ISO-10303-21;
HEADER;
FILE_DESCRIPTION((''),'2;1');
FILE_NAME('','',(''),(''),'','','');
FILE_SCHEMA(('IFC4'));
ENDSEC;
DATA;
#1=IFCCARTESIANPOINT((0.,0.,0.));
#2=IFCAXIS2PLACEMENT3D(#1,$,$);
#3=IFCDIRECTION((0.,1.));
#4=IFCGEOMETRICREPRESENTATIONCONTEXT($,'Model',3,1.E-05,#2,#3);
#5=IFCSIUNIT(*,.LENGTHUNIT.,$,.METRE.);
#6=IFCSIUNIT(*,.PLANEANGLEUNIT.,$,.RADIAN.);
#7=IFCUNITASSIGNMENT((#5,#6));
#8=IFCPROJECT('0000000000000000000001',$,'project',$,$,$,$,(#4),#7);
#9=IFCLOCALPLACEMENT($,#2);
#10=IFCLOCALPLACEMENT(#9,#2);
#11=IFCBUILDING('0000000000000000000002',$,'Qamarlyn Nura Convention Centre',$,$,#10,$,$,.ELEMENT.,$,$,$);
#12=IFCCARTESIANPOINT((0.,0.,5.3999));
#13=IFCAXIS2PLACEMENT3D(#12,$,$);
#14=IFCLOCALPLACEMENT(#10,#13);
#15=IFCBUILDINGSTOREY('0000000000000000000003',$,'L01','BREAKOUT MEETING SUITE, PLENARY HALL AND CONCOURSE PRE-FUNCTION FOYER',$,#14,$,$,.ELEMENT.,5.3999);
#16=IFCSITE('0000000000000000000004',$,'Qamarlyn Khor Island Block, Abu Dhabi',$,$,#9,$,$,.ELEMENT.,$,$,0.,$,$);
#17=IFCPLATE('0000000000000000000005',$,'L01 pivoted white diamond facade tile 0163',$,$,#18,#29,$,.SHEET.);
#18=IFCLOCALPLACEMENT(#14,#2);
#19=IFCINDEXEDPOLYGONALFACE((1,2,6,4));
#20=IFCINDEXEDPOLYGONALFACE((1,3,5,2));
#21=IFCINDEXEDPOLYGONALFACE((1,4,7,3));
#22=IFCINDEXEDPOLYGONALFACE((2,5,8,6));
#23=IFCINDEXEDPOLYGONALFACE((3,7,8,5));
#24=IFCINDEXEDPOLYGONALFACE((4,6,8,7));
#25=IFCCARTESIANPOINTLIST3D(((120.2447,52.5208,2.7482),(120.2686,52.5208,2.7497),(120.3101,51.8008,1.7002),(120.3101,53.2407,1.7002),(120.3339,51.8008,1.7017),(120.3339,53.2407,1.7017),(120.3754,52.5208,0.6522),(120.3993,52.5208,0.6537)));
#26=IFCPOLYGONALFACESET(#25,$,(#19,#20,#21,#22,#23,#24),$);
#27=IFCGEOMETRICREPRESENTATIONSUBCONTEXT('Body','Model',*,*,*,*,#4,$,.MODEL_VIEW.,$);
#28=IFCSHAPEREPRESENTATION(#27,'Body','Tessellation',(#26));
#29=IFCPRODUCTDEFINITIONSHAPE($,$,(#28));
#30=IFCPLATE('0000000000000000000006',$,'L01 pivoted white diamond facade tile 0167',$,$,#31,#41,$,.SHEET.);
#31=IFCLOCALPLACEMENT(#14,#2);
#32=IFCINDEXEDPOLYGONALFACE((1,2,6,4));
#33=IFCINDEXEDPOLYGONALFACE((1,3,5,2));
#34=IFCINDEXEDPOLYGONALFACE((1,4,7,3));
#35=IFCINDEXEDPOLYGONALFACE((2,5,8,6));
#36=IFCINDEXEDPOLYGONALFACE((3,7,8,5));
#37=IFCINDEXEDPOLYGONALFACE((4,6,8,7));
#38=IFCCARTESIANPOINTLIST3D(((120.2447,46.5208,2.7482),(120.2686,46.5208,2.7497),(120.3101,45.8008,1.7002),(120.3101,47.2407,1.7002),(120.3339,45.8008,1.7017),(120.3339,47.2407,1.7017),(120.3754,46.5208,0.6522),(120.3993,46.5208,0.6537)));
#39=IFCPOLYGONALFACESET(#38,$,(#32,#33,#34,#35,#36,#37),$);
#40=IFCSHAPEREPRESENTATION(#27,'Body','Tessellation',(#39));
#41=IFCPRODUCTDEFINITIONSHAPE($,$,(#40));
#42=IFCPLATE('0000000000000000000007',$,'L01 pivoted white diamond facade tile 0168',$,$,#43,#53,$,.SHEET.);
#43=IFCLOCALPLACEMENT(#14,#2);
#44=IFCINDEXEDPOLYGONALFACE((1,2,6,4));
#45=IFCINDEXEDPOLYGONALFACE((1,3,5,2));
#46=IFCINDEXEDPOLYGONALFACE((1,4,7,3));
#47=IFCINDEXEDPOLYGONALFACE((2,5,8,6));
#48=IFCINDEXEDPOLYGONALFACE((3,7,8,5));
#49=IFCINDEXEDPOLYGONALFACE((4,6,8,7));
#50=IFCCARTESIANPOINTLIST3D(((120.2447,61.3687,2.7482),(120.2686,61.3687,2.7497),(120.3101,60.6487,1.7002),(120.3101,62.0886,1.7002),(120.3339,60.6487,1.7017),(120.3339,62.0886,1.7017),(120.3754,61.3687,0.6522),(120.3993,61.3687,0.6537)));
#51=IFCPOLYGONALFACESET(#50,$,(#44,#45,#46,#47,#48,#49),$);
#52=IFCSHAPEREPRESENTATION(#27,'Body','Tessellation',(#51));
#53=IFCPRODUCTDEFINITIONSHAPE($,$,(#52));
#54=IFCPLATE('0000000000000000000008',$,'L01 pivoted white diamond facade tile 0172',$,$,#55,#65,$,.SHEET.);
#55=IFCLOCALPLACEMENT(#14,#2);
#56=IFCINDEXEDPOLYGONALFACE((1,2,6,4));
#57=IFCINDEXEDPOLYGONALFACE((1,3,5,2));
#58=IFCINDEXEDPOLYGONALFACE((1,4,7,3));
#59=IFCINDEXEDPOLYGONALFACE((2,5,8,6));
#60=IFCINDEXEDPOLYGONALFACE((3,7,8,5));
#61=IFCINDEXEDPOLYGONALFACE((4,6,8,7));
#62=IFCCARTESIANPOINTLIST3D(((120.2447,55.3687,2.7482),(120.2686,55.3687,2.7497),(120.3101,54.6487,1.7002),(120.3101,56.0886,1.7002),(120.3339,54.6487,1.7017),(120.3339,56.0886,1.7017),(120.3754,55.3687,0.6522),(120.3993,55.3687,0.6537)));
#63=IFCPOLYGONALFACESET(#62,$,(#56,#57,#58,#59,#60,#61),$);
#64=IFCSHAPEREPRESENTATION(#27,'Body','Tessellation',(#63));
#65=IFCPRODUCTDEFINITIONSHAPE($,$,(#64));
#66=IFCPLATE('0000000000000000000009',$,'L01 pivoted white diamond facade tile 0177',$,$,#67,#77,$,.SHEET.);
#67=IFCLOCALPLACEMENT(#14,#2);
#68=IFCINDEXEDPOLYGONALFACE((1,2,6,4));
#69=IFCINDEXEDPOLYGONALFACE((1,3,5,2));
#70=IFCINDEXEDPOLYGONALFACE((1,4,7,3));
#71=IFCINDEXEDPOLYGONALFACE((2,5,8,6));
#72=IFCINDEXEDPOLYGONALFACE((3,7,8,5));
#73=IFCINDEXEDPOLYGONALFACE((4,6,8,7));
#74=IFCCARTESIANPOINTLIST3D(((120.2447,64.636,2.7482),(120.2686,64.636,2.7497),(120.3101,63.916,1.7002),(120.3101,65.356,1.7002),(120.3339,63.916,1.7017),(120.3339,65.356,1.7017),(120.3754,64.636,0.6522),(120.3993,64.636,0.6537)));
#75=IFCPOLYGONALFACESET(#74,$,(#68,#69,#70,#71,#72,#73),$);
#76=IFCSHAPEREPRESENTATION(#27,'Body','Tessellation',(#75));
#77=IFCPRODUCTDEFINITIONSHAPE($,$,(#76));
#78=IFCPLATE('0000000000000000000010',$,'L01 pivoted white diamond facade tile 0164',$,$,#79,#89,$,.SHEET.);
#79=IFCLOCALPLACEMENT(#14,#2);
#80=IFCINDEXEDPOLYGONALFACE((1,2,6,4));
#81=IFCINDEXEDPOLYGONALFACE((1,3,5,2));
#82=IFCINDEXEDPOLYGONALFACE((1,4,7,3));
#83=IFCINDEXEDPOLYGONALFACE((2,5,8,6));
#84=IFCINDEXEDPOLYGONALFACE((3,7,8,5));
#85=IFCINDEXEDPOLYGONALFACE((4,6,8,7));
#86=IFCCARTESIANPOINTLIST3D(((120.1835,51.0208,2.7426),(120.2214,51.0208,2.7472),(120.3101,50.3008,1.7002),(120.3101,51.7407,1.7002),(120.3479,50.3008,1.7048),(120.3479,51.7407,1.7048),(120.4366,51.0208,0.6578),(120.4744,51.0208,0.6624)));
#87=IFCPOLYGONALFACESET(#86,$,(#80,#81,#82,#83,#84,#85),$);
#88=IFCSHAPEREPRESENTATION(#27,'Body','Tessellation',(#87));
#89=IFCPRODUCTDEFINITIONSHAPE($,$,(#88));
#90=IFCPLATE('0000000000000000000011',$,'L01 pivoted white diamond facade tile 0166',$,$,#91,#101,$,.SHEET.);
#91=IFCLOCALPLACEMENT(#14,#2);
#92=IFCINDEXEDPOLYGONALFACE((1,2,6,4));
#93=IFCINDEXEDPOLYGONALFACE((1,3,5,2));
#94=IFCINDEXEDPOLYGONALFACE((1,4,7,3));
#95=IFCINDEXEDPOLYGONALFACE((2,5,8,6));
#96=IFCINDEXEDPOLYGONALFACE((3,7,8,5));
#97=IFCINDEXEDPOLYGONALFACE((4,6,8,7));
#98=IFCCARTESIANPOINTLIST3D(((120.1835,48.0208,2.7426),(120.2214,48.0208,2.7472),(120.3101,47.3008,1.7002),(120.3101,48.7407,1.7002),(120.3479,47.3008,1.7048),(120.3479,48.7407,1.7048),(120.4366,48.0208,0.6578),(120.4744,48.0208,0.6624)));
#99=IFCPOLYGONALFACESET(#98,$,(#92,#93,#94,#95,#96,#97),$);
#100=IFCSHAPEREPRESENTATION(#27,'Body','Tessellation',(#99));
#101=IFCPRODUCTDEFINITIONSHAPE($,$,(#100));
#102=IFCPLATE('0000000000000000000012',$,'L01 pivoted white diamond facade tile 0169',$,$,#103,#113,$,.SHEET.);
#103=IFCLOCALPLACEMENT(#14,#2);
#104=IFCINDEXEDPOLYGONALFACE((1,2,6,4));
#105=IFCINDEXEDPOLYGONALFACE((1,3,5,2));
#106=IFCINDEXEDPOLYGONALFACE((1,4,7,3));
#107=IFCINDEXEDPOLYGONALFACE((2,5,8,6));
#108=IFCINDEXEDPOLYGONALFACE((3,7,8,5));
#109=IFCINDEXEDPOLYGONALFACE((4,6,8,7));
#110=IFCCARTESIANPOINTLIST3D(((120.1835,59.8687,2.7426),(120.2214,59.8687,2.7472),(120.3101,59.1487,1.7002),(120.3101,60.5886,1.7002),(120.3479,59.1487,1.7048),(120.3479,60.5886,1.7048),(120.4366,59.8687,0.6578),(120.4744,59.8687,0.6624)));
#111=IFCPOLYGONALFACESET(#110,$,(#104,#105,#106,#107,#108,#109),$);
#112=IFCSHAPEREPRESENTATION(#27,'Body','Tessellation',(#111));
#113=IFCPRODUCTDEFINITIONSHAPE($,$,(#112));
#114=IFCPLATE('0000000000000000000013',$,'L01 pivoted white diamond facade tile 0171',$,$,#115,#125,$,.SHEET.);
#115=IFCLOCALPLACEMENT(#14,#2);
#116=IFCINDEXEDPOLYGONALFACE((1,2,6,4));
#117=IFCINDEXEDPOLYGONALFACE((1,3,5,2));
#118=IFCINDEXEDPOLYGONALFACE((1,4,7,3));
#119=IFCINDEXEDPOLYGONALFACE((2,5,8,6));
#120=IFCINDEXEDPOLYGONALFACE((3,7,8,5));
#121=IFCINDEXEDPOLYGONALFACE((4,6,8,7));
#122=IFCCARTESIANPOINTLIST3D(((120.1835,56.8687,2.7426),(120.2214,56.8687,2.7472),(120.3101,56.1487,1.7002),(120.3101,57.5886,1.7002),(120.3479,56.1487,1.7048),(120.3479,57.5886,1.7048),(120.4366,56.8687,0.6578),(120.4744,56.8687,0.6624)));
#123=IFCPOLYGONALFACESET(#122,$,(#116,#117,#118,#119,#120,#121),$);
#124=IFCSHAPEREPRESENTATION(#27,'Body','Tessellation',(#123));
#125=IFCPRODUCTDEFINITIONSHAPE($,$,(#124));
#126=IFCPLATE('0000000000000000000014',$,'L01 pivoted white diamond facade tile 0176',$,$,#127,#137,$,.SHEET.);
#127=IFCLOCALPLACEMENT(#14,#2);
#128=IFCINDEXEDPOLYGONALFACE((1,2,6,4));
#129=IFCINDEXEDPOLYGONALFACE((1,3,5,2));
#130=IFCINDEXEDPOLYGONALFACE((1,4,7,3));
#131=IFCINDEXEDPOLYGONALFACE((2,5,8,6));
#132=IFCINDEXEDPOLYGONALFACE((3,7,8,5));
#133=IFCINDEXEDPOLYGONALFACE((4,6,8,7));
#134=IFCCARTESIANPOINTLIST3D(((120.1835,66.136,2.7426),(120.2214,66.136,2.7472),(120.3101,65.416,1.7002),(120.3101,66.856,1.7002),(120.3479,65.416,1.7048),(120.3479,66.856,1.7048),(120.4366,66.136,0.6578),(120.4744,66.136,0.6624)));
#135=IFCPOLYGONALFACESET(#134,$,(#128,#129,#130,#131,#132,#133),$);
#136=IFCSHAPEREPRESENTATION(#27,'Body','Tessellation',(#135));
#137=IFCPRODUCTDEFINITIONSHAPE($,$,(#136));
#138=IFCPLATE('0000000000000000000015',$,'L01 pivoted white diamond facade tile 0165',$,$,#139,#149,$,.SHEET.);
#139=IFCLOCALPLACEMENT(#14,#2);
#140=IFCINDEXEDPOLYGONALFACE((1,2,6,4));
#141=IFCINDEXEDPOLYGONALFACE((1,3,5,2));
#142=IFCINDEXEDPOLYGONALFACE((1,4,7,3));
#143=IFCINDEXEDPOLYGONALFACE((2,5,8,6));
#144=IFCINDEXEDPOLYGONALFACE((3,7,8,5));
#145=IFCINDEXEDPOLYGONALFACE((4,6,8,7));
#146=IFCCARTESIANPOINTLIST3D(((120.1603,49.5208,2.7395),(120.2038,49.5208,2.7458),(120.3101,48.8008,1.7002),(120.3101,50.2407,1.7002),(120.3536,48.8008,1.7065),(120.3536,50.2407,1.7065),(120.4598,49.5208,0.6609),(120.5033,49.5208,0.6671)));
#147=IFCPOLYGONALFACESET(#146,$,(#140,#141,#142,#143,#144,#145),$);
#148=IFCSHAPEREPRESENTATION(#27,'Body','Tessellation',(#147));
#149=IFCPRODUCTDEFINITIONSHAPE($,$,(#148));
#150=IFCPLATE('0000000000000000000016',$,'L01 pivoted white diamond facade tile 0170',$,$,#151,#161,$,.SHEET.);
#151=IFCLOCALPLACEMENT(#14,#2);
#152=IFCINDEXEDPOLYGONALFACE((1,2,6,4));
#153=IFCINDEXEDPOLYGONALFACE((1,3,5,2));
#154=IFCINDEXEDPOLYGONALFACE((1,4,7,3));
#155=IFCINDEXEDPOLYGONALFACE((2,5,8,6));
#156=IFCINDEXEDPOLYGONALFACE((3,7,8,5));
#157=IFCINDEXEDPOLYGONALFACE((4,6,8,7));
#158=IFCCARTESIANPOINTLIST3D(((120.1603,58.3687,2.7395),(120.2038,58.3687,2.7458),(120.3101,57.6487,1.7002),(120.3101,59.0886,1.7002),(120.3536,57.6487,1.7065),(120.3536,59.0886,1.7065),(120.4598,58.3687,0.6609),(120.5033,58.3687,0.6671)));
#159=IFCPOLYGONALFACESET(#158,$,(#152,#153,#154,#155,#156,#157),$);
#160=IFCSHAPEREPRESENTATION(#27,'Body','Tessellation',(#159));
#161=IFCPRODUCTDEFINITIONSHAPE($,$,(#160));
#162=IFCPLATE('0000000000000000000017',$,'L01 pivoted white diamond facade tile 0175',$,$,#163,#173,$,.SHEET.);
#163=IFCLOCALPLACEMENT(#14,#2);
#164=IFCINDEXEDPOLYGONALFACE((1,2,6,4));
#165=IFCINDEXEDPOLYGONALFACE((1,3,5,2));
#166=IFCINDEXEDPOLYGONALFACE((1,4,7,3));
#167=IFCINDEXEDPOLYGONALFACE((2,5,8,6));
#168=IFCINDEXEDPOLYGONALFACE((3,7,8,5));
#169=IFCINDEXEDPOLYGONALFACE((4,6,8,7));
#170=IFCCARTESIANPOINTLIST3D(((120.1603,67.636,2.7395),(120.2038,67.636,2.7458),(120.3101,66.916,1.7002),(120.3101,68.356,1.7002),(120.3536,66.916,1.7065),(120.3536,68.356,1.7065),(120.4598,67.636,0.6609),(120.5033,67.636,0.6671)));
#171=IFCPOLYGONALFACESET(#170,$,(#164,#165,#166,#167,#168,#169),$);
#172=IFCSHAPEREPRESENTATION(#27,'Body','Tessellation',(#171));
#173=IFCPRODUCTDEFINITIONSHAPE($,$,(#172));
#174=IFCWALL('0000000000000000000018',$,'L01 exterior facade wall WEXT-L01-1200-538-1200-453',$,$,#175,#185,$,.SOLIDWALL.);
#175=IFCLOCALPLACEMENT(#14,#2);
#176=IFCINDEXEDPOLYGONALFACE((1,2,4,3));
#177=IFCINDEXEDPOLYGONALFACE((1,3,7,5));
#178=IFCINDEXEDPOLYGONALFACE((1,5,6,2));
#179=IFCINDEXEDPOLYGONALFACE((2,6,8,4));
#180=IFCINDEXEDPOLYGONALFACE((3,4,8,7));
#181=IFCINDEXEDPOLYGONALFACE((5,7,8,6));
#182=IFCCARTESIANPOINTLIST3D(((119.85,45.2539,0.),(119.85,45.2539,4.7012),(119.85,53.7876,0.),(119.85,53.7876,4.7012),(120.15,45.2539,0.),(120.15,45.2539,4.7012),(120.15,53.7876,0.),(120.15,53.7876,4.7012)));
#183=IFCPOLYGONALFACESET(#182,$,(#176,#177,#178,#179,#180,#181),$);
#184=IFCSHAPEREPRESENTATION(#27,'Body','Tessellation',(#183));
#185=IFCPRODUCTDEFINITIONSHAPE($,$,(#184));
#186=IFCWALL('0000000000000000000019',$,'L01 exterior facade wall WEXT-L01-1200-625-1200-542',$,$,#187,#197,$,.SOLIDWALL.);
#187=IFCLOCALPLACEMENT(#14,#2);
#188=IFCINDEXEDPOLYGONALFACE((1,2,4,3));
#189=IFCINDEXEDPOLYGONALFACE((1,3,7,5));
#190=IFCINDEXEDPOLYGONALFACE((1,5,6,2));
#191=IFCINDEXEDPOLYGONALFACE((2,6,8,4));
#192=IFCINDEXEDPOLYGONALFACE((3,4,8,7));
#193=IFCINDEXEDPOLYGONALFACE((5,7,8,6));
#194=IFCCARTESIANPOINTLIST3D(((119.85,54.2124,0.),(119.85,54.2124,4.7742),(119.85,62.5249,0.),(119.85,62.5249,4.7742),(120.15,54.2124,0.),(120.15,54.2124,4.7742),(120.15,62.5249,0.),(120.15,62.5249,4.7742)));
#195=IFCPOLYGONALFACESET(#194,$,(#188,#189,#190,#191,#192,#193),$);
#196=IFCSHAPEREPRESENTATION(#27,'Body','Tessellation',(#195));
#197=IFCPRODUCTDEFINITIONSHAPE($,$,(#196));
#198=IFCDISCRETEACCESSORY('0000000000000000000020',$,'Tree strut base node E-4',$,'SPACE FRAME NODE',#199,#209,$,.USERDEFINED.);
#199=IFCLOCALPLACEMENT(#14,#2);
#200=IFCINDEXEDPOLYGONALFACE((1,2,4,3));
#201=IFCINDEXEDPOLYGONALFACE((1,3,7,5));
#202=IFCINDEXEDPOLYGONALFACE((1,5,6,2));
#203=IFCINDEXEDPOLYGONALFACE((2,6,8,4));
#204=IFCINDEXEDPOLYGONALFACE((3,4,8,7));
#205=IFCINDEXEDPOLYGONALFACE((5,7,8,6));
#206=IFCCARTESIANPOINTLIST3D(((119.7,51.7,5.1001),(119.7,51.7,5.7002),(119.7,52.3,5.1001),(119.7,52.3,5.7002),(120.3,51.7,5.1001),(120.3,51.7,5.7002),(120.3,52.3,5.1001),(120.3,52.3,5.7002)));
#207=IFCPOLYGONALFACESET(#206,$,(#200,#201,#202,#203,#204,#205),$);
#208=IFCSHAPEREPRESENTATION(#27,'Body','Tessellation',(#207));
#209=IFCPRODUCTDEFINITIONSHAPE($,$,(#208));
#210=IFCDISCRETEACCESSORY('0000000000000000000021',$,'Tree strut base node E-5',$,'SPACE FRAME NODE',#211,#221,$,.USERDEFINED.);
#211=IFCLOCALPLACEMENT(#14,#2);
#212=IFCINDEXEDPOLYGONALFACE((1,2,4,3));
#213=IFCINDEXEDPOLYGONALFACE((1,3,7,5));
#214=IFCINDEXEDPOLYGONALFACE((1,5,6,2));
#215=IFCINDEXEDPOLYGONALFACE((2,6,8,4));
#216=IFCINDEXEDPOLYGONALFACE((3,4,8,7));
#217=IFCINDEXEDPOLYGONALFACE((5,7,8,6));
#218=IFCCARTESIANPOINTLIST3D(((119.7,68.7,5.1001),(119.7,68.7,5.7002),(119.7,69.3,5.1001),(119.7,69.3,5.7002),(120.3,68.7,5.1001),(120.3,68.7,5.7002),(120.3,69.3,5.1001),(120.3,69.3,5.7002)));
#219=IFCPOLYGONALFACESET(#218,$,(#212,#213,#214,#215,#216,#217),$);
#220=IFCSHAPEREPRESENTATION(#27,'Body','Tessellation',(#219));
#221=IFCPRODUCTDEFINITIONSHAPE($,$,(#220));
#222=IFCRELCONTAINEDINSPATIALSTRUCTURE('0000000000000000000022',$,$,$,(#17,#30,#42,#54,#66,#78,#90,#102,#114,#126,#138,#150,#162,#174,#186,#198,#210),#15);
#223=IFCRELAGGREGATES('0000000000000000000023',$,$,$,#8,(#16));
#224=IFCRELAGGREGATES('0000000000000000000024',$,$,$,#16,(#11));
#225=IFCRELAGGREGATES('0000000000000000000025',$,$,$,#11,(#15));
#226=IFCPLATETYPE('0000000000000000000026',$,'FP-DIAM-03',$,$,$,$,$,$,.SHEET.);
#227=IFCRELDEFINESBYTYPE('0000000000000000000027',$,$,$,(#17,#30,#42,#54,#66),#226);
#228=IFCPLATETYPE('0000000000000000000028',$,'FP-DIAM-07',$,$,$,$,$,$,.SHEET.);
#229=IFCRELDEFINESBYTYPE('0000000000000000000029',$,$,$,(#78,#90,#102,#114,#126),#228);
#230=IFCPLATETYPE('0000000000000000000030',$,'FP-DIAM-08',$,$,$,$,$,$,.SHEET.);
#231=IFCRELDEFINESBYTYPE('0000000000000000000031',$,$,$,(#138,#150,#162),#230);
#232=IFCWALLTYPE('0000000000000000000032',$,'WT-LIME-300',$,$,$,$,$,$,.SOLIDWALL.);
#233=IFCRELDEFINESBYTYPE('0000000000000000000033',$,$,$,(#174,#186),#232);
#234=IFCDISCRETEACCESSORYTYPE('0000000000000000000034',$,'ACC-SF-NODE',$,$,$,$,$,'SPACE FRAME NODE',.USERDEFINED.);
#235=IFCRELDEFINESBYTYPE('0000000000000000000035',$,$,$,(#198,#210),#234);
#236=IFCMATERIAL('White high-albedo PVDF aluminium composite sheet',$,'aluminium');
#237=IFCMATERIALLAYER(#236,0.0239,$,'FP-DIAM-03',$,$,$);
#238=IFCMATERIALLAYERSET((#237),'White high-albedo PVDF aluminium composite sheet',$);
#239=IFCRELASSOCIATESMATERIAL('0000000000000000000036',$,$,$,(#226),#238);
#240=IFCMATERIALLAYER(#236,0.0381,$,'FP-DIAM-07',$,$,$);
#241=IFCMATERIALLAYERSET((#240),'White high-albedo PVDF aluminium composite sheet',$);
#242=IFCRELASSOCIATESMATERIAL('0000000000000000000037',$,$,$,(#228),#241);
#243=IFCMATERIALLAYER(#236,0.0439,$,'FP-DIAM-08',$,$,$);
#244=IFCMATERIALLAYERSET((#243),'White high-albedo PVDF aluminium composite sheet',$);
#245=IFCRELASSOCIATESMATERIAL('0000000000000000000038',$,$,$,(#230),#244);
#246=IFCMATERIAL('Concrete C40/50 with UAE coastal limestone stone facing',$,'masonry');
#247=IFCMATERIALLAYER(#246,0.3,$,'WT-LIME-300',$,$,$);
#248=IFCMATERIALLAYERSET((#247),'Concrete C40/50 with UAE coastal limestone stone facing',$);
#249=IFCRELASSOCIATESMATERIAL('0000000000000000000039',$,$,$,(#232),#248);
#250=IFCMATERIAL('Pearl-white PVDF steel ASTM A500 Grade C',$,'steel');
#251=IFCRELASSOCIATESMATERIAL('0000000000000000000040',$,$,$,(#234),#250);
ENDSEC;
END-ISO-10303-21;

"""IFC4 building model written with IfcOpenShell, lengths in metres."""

from ifc_helpers import new_model, si_unit, direction, frame, frame_2d, origin, origin_2d, place, context, subcontext, project, spatial, polyline, rectangle, outline, extrude, material, layer, layer_set, type_object, element, save


model = new_model("IFC4")

# Units and contexts
model_context = context("Model", 3, precision=1e-05, world=origin(), true_north=direction((0.0, 1.0)))
body_context = subcontext(model_context, "Body", "Model", "MODEL_VIEW")
ifc_project = project(units=[si_unit("LENGTHUNIT", "METRE"), si_unit("PLANEANGLEUNIT", "RADIAN")], contexts=[model_context])

# Site, building, storey
site_placement = place(None, origin())
site = spatial("IfcSite", under=ifc_project, at=site_placement, Name="Qamarlyn Khor Island Block, Abu Dhabi", CompositionType="ELEMENT", RefElevation=0.0)
building_placement = place(site_placement, origin())
building = spatial("IfcBuilding", under=site, at=building_placement, Name="Qamarlyn Nura Convention Centre", CompositionType="ELEMENT")
storey_placement = place(building_placement, frame((0.0, 0.0, 5.3999)))
storey = spatial("IfcBuildingStorey", under=building, at=storey_placement, Name="L01", Description="BREAKOUT MEETING SUITE, PLENARY HALL AND CONCOURSE PRE-FUNCTION FOYER", CompositionType="ELEMENT", Elevation=5.3999)

# Shared definitions
ifc_material_1 = material(Name="Pearl-white PVDF steel ASTM A500 Grade C", Category="steel")

# Plates
ifc_material_2 = material(Name="White high-albedo PVDF aluminium composite sheet", Category="aluminium")
ifc_layer_1 = layer(ifc_material_2, 0.0239, Name="FP-DIAM-03")
ifc_layer_set_1 = layer_set([ifc_layer_1], Name="White high-albedo PVDF aluminium composite sheet")
plate_type_1 = type_object("IfcPlateType", Name="FP-DIAM-03", PredefinedType="SHEET", material=ifc_layer_set_1)
for number, where, z_axis, x_axis, name in (
    (1, (120.3101, 52.5208, 1.7002), (0.998059, 0.0, 0.062268), (0.0, 1.0, 0.0), "L01 pivoted white diamond facade tile 0163"),
    (2, (120.3101, 46.5208, 1.7002), (0.998059, 0.0, 0.062268), (0.0, 1.0, 0.0), "L01 pivoted white diamond facade tile 0167"),
    (3, (120.3101, 61.3687, 1.7002), (0.998059, 0.0, 0.062268), (0.0, 1.0, 0.0), "L01 pivoted white diamond facade tile 0168"),
    (4, (120.3101, 55.3687, 1.7002), (0.998059, 0.0, 0.062268), (0.0, 1.0, 0.0), "L01 pivoted white diamond facade tile 0172"),
    (5, (120.3101, 64.636, 1.7002), (0.998059, 0.0, 0.062268), (0.0, 1.0, 0.0), "L01 pivoted white diamond facade tile 0177"),
):
    element("IfcPlate", number, at=place(storey_placement, frame(where, z_axis=z_axis, x_axis=x_axis)), inside=storey, type_object=plate_type_1, Name=name, PredefinedType="SHEET", context=body_context, shape_type="SweptSolid", body=[
        extrude(outline(polyline([(-0.72, 0.0), (0.0, -1.05), (0.72, 0.0), (0.0, 1.05), (-0.72, 0.0)])), origin(), (0.0, 0.0, 1.0), 0.0239),
    ])
ifc_layer_2 = layer(ifc_material_2, 0.0381, Name="FP-DIAM-07")
ifc_layer_set_2 = layer_set([ifc_layer_2], Name="White high-albedo PVDF aluminium composite sheet")
plate_type_2 = type_object("IfcPlateType", Name="FP-DIAM-07", PredefinedType="SHEET", material=ifc_layer_set_2)
for number, where, z_axis, x_axis, name in (
    (6, (120.3101, 51.0208, 1.7002), (0.992715, 0.0, 0.120483), (0.0, 1.0, 0.0), "L01 pivoted white diamond facade tile 0164"),
    (7, (120.3101, 48.0208, 1.7002), (0.992715, 0.0, 0.120483), (0.0, 1.0, 0.0), "L01 pivoted white diamond facade tile 0166"),
    (8, (120.3101, 59.8687, 1.7002), (0.992715, 0.0, 0.120483), (0.0, 1.0, 0.0), "L01 pivoted white diamond facade tile 0169"),
    (9, (120.3101, 56.8687, 1.7002), (0.992715, 0.0, 0.120483), (0.0, 1.0, 0.0), "L01 pivoted white diamond facade tile 0171"),
    (10, (120.3101, 66.136, 1.7002), (0.992715, 0.0, 0.120483), (0.0, 1.0, 0.0), "L01 pivoted white diamond facade tile 0176"),
):
    element("IfcPlate", number, at=place(storey_placement, frame(where, z_axis=z_axis, x_axis=x_axis)), inside=storey, type_object=plate_type_2, Name=name, PredefinedType="SHEET", context=body_context, shape_type="SweptSolid", body=[
        extrude(outline(polyline([(-0.72, 0.0), (0.0, -1.05), (0.72, 0.0), (0.0, 1.05), (-0.72, 0.0)])), origin(), (0.0, 0.0, 1.0), 0.0381),
    ])
ifc_layer_3 = layer(ifc_material_2, 0.0439, Name="FP-DIAM-08")
ifc_layer_set_3 = layer_set([ifc_layer_3], Name="White high-albedo PVDF aluminium composite sheet")
plate_type_3 = type_object("IfcPlateType", Name="FP-DIAM-08", PredefinedType="SHEET", material=ifc_layer_set_3)
for number, where, z_axis, x_axis, name in (
    (11, (120.3101, 49.5208, 1.7002), (0.989776, 0.0, 0.142629), (0.0, 1.0, 0.0), "L01 pivoted white diamond facade tile 0165"),
    (12, (120.3101, 58.3687, 1.7002), (0.989776, 0.0, 0.142629), (0.0, 1.0, 0.0), "L01 pivoted white diamond facade tile 0170"),
    (13, (120.3101, 67.636, 1.7002), (0.989776, 0.0, 0.142629), (0.0, 1.0, 0.0), "L01 pivoted white diamond facade tile 0175"),
):
    element("IfcPlate", number, at=place(storey_placement, frame(where, z_axis=z_axis, x_axis=x_axis)), inside=storey, type_object=plate_type_3, Name=name, PredefinedType="SHEET", context=body_context, shape_type="SweptSolid", body=[
        extrude(outline(polyline([(-0.72, 0.0), (0.0, -1.05), (0.72, 0.0), (0.0, 1.05), (-0.72, 0.0)])), origin(), (0.0, 0.0, 1.0), 0.0439),
    ])

# Walls
ifc_material_3 = material(Name="Concrete C40/50 with UAE coastal limestone stone facing", Category="masonry")
ifc_layer_4 = layer(ifc_material_3, 0.3, Name="WT-LIME-300")
ifc_layer_set_4 = layer_set([ifc_layer_4], Name="Concrete C40/50 with UAE coastal limestone stone facing")
wall_type = type_object("IfcWallType", Name="WT-LIME-300", PredefinedType="SOLIDWALL", material=ifc_layer_set_4)
wall_1_placement = place(storey_placement, frame((120.0, 53.7876, 0.0), z_axis=(0.0, 0.0, 1.0), x_axis=(0.0, -1.0, 0.0)))
element("IfcWall", 14, at=wall_1_placement, inside=storey, type_object=wall_type, Name="L01 exterior facade wall WEXT-L01-1200-538-1200-453", PredefinedType="SOLIDWALL", context=body_context, shape_type="SweptSolid", body=[
    extrude(rectangle(XDim=8.5337, YDim=0.3, at=frame_2d((4.2668, 0.0))), origin(), (0.0, 0.0, 1.0), 4.7012),
])
wall_2_placement = place(storey_placement, frame((120.0, 62.5249, 0.0), z_axis=(0.0, 0.0, 1.0), x_axis=(0.0, -1.0, 0.0)))
element("IfcWall", 15, at=wall_2_placement, inside=storey, type_object=wall_type, Name="L01 exterior facade wall WEXT-L01-1200-625-1200-542", PredefinedType="SOLIDWALL", context=body_context, shape_type="SweptSolid", body=[
    extrude(rectangle(XDim=8.3125, YDim=0.3, at=frame_2d((4.1562, 0.0))), origin(), (0.0, 0.0, 1.0), 4.7742),
])

# Discrete accessories
discrete_accessory_type_1 = type_object("IfcDiscreteAccessoryType", Name="ACC-SF-NODE", ElementType="SPACE FRAME NODE", PredefinedType="USERDEFINED", material=ifc_material_1)
for number, where, z_axis, x_axis, name in (
    (16, (120.0, 52.0, 5.1001), (0.0, 0.0, 1.0), (1.0, 0.0, 0.0), "Tree strut base node E-4"),
    (17, (120.0, 69.0, 5.1001), (0.0, 0.0, 1.0), (1.0, 0.0, 0.0), "Tree strut base node E-5"),
):
    element("IfcDiscreteAccessory", number, at=place(storey_placement, frame(where, z_axis=z_axis, x_axis=x_axis)), inside=storey, type_object=discrete_accessory_type_1, Name=name, ObjectType="SPACE FRAME NODE", PredefinedType="USERDEFINED", context=body_context, shape_type="SweptSolid", body=[
        extrude(rectangle(XDim=0.6001, YDim=0.6001, at=origin_2d()), origin(), (0.0, 0.0, 1.0), 0.6001),
    ])

save(model, "model.ifc")
